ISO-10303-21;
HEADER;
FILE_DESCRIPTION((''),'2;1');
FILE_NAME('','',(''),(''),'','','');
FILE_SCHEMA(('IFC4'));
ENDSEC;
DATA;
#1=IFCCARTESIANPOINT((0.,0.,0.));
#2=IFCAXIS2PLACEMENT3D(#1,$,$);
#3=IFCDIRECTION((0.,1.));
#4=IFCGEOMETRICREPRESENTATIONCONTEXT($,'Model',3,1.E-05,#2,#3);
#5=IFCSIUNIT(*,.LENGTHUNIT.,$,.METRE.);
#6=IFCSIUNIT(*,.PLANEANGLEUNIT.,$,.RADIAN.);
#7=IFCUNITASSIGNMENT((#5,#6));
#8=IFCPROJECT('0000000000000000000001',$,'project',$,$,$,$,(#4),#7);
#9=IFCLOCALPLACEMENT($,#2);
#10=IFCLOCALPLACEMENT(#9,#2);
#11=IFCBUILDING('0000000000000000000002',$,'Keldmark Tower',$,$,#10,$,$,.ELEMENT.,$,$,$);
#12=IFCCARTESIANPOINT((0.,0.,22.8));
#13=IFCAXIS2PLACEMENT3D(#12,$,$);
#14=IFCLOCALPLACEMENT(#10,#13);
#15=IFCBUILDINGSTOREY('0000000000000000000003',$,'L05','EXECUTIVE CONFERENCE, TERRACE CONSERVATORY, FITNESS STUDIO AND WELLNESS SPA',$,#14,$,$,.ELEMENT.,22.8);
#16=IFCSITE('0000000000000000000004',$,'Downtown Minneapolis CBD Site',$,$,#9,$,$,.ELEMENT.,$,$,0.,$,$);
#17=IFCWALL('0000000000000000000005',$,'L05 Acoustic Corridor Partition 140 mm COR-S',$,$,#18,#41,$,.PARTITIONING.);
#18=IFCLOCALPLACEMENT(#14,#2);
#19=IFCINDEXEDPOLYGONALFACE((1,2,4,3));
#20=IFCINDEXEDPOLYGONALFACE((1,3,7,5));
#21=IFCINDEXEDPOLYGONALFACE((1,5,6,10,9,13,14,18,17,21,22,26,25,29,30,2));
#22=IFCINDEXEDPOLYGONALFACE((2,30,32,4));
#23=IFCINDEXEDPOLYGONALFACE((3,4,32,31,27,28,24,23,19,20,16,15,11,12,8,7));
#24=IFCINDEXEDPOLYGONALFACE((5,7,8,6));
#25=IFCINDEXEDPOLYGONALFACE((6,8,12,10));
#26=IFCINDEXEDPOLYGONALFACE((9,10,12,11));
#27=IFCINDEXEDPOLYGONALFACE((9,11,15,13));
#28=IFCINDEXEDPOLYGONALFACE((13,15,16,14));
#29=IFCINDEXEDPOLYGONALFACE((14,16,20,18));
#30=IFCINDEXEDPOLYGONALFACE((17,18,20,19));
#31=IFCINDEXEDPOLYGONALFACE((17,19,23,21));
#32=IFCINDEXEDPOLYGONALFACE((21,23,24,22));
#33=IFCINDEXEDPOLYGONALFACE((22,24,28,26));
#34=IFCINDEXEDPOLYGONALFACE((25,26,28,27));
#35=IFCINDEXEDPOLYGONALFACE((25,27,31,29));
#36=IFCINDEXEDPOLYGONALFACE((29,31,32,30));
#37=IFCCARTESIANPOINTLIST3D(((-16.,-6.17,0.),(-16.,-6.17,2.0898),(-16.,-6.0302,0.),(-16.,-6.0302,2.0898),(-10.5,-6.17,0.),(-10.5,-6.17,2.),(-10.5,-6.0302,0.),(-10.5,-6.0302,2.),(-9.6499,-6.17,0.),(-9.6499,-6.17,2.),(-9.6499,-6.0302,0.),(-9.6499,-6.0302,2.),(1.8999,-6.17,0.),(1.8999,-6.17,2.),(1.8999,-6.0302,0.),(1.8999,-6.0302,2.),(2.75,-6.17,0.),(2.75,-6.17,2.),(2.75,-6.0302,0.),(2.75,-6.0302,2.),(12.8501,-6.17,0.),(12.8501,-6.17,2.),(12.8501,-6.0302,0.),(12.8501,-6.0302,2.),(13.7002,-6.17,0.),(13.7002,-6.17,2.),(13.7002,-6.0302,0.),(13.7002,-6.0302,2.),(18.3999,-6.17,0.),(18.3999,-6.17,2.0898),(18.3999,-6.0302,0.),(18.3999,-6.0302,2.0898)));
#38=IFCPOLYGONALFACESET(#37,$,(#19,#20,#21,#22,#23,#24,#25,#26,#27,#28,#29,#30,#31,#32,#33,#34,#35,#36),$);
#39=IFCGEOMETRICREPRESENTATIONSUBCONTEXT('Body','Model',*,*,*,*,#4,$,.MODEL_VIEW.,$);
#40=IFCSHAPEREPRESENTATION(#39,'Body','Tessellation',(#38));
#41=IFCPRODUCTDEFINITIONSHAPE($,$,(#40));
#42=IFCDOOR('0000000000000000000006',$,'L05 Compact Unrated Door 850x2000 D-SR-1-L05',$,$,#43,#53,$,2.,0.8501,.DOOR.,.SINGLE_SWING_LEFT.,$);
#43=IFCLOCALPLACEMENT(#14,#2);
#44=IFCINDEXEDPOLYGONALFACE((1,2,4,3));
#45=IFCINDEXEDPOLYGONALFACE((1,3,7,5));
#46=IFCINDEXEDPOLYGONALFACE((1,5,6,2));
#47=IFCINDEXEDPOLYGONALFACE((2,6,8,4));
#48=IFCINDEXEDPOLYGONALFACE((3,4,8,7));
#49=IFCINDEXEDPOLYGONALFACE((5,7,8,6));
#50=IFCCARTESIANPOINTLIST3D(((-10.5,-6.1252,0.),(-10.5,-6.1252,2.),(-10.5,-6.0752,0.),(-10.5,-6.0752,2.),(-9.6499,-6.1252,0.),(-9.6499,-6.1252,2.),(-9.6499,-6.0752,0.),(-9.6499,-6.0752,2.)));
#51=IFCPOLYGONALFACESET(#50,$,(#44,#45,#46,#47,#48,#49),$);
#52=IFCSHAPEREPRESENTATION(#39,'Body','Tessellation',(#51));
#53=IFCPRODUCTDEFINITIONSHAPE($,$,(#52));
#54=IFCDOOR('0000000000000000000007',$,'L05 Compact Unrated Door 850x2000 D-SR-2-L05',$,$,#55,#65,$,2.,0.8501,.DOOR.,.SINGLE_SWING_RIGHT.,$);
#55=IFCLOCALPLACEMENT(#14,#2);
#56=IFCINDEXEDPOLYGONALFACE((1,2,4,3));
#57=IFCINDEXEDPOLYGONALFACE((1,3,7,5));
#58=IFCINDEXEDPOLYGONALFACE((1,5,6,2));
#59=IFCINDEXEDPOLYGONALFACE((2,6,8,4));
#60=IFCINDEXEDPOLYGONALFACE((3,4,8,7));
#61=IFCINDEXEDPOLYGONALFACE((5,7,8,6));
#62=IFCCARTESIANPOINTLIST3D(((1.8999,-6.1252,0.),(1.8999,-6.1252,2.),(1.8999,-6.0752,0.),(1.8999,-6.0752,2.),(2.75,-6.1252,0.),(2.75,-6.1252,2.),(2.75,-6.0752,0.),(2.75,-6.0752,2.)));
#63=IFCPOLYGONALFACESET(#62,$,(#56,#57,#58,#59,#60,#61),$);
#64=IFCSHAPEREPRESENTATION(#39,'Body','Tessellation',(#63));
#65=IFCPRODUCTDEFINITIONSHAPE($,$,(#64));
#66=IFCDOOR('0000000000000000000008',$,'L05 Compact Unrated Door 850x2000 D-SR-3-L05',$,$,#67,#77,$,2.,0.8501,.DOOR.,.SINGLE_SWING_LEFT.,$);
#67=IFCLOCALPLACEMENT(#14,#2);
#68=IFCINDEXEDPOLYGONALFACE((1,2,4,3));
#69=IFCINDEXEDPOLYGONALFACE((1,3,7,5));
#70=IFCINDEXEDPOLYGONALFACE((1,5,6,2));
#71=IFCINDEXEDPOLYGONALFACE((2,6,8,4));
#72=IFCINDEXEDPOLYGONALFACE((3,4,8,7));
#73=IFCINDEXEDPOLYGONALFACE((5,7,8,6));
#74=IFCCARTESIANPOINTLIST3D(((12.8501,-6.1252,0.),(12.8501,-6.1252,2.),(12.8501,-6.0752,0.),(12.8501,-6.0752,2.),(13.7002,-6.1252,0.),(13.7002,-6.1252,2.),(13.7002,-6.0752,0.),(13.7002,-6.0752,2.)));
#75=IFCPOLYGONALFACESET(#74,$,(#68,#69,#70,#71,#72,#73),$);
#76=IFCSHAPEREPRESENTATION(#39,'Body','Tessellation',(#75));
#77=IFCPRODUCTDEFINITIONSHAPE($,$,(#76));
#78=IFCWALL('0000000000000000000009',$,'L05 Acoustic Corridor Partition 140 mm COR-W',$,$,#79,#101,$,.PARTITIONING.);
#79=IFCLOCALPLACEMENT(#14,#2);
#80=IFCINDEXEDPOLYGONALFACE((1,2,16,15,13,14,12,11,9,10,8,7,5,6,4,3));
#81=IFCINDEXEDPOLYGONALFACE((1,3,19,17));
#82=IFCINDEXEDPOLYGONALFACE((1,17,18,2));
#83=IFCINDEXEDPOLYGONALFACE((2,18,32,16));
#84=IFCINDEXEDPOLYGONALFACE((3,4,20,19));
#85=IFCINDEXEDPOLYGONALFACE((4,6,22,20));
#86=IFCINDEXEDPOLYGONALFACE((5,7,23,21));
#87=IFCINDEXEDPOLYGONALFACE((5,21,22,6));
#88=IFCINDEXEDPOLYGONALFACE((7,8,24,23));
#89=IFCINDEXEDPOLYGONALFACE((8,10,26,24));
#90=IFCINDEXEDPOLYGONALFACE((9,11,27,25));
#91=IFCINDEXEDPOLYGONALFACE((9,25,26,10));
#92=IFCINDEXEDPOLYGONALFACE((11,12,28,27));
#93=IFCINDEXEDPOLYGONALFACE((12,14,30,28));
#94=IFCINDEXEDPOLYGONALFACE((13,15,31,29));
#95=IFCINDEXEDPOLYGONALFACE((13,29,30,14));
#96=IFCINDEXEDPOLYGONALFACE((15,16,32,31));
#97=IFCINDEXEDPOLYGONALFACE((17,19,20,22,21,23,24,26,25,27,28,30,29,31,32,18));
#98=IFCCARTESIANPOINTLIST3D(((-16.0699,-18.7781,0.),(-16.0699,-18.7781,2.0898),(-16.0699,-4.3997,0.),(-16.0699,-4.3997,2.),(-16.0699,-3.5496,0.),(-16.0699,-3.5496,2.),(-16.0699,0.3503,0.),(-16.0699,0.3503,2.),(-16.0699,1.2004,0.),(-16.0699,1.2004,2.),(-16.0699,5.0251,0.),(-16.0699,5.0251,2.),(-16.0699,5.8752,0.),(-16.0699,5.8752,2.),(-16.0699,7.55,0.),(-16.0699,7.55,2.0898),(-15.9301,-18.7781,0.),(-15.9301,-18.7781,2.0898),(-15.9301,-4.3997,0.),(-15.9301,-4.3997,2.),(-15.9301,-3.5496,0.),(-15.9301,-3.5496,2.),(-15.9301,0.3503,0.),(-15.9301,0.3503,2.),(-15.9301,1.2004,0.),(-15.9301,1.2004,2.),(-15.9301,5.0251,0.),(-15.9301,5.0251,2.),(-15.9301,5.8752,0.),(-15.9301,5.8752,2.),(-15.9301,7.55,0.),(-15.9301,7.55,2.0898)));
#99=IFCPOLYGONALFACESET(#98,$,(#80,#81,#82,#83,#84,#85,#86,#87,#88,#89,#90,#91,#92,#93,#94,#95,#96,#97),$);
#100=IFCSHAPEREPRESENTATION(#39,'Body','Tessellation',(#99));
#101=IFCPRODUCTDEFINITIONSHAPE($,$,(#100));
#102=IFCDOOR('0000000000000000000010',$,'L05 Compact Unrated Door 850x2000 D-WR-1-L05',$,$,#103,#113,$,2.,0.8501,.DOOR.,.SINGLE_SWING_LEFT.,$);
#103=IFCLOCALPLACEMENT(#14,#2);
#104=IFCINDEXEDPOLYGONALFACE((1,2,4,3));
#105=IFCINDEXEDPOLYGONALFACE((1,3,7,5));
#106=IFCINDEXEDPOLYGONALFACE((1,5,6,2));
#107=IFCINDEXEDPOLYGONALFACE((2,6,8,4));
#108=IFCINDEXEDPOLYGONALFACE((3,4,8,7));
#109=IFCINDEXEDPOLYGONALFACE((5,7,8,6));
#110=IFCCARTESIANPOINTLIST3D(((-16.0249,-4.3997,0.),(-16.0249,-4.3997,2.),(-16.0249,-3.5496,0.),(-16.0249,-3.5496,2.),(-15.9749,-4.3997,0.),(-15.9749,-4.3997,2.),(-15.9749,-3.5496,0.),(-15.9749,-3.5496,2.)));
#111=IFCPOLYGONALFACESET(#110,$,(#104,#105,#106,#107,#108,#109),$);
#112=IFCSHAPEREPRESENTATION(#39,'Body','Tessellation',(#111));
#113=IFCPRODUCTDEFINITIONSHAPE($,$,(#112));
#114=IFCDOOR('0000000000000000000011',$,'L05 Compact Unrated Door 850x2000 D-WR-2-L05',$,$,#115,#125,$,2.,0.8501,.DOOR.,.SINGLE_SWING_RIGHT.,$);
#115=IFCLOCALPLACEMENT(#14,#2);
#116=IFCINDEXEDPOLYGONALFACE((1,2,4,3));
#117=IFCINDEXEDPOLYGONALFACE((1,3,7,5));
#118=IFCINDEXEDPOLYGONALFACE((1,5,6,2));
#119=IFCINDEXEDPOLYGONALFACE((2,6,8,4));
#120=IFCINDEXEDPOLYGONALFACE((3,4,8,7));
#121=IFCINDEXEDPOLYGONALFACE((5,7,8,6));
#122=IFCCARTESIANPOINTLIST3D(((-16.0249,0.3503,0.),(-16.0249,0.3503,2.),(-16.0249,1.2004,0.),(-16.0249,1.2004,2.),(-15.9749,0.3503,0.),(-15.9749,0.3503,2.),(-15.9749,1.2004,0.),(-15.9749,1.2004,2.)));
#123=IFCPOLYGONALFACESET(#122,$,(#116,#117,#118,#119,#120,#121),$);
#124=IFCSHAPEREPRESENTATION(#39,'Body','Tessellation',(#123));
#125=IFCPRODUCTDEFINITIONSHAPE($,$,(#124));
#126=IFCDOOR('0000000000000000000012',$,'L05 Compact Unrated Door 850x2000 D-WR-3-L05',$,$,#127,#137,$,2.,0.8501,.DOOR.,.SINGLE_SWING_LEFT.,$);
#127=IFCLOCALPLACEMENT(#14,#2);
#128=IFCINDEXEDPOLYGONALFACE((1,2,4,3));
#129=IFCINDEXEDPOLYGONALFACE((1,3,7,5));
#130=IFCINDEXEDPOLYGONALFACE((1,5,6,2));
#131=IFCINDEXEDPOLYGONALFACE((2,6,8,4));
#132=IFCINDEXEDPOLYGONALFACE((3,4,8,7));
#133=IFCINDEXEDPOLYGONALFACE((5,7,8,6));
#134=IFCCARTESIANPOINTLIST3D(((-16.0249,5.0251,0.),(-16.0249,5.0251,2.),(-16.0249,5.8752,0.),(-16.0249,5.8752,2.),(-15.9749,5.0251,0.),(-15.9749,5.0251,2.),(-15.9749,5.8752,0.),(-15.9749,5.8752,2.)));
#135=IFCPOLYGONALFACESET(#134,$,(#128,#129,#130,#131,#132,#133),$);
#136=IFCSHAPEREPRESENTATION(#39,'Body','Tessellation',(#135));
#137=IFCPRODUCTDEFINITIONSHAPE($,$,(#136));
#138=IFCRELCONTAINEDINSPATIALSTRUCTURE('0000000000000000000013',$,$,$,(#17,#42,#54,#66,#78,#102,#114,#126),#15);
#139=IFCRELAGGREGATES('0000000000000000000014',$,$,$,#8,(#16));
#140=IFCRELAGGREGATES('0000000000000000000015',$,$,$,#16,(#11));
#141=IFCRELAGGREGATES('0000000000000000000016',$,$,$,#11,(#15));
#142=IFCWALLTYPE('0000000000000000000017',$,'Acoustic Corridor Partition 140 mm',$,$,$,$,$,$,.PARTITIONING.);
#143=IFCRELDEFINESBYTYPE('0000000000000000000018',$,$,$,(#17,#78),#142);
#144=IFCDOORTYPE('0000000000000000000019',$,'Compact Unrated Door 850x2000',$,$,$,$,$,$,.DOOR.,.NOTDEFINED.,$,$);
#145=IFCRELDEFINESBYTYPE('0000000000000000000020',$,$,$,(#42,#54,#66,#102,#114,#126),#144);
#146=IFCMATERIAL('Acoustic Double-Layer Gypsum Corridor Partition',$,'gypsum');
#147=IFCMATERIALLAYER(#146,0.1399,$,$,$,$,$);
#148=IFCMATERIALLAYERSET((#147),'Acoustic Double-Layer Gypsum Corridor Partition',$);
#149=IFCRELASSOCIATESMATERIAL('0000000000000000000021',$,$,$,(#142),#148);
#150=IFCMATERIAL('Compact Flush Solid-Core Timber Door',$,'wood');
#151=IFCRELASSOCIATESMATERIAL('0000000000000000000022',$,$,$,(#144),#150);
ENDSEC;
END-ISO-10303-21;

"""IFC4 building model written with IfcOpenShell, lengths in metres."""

from ifc_helpers import new_model, si_unit, direction, frame, frame_2d, origin, place, context, subcontext, project, spatial, rectangle, extrude, material, layer, layer_set, type_object, element, fill, save


model = new_model("IFC4")

# Units and contexts
model_context = context("Model", 3, precision=1e-05, world=origin(), true_north=direction((0.0, 1.0)))
body_context = subcontext(model_context, "Body", "Model", "MODEL_VIEW")
ifc_project = project(units=[si_unit("LENGTHUNIT", "METRE"), si_unit("PLANEANGLEUNIT", "RADIAN")], contexts=[model_context])

# Site, building, storey
site_placement = place(None, origin())
site = spatial("IfcSite", under=ifc_project, at=site_placement, Name="Downtown Minneapolis CBD Site", CompositionType="ELEMENT", RefElevation=0.0)
building_placement = place(site_placement, origin())
building = spatial("IfcBuilding", under=site, at=building_placement, Name="Keldmark Tower", CompositionType="ELEMENT")
storey_placement = place(building_placement, frame((0.0, 0.0, 22.8)))
storey = spatial("IfcBuildingStorey", under=building, at=storey_placement, Name="L05", Description="EXECUTIVE CONFERENCE, TERRACE CONSERVATORY, FITNESS STUDIO AND WELLNESS SPA", CompositionType="ELEMENT", Elevation=22.8)

# Walls, openings, doors
ifc_material_1 = material(Name="Acoustic Double-Layer Gypsum Corridor Partition", Category="gypsum")
ifc_layer_1 = layer(ifc_material_1, 0.1399)
ifc_layer_set_1 = layer_set([ifc_layer_1], Name="Acoustic Double-Layer Gypsum Corridor Partition")
wall_type_1 = type_object("IfcWallType", Name="Acoustic Corridor Partition 140 mm", PredefinedType="PARTITIONING", material=ifc_layer_set_1)
wall_1_placement = place(storey_placement, frame((-16.0, -6.1001, 0.0), z_axis=(0.0, 0.0, 1.0), x_axis=(1.0, 0.0, 0.0)))
wall_1 = element("IfcWall", 1, at=wall_1_placement, inside=storey, type_object=wall_type_1, Name="L05 Acoustic Corridor Partition 140 mm COR-S", PredefinedType="PARTITIONING", context=body_context, shape_type="SweptSolid", body=[
    extrude(rectangle(XDim=34.3999, YDim=0.1399, at=frame_2d((17.2, 0.0))), origin(), (0.0, 0.0, 1.0), 2.0898),
])
opening_1_placement = place(wall_1_placement, frame((5.5, 0.0, 0.0)))
opening_1 = element("IfcOpeningElement", 2, at=opening_1_placement, cuts=wall_1, PredefinedType="OPENING", context=body_context, shape_type="SweptSolid", body=[
    extrude(rectangle(XDim=0.8501, YDim=2.0, at=frame_2d((0.425, 1.0))), frame((0.0, 0.0798, 0.0), z_axis=(0.0, -1.0, 0.0), x_axis=(1.0, 0.0, 0.0)), (0.0, 0.0, 1.0), 0.1599),
])
opening_2_placement = place(wall_1_placement, frame((17.8999, 0.0, 0.0)))
opening_2 = element("IfcOpeningElement", 3, at=opening_2_placement, cuts=wall_1, PredefinedType="OPENING", context=body_context, shape_type="SweptSolid", body=[
    extrude(rectangle(XDim=0.8501, YDim=2.0, at=frame_2d((0.425, 1.0))), frame((0.0, 0.0798, 0.0), z_axis=(0.0, -1.0, 0.0), x_axis=(1.0, 0.0, 0.0)), (0.0, 0.0, 1.0), 0.1599),
])
opening_3_placement = place(wall_1_placement, frame((28.8501, 0.0, 0.0)))
opening_3 = element("IfcOpeningElement", 4, at=opening_3_placement, cuts=wall_1, PredefinedType="OPENING", context=body_context, shape_type="SweptSolid", body=[
    extrude(rectangle(XDim=0.8501, YDim=2.0, at=frame_2d((0.425, 1.0))), frame((0.0, 0.0798, 0.0), z_axis=(0.0, -1.0, 0.0), x_axis=(1.0, 0.0, 0.0)), (0.0, 0.0, 1.0), 0.1599),
])
ifc_material_2 = material(Name="Compact Flush Solid-Core Timber Door", Category="wood")
door_type = type_object("IfcDoorType", Name="Compact Unrated Door 850x2000", OperationType="NOTDEFINED", PredefinedType="DOOR", material=ifc_material_2)
door_1_placement = place(opening_1_placement, origin())
door_1 = element("IfcDoor", 5, at=door_1_placement, inside=storey, type_object=door_type, Name="L05 Compact Unrated Door 850x2000 D-SR-1-L05", OperationType="SINGLE_SWING_LEFT", OverallHeight=2.0, OverallWidth=0.8501, PredefinedType="DOOR", context=body_context, shape_type="SweptSolid", body=[
    extrude(rectangle(XDim=0.8501, YDim=2.0, at=frame_2d((0.425, 1.0))), frame((0.0, 0.0249, 0.0), z_axis=(0.0, -1.0, 0.0), x_axis=(1.0, 0.0, 0.0)), (0.0, 0.0, 1.0), 0.05),
])
fill(opening_1, door_1)
door_2_placement = place(opening_2_placement, origin())
door_2 = element("IfcDoor", 6, at=door_2_placement, inside=storey, type_object=door_type, Name="L05 Compact Unrated Door 850x2000 D-SR-2-L05", OperationType="SINGLE_SWING_RIGHT", OverallHeight=2.0, OverallWidth=0.8501, PredefinedType="DOOR", context=body_context, shape_type="SweptSolid", body=[
    extrude(rectangle(XDim=0.8501, YDim=2.0, at=frame_2d((0.425, 1.0))), frame((0.0, 0.0249, 0.0), z_axis=(0.0, -1.0, 0.0), x_axis=(1.0, 0.0, 0.0)), (0.0, 0.0, 1.0), 0.05),
])
fill(opening_2, door_2)
door_3_placement = place(opening_3_placement, origin())
door_3 = element("IfcDoor", 7, at=door_3_placement, inside=storey, type_object=door_type, Name="L05 Compact Unrated Door 850x2000 D-SR-3-L05", OperationType="SINGLE_SWING_LEFT", OverallHeight=2.0, OverallWidth=0.8501, PredefinedType="DOOR", context=body_context, shape_type="SweptSolid", body=[
    extrude(rectangle(XDim=0.8501, YDim=2.0, at=frame_2d((0.425, 1.0))), frame((0.0, 0.0249, 0.0), z_axis=(0.0, -1.0, 0.0), x_axis=(1.0, 0.0, 0.0)), (0.0, 0.0, 1.0), 0.05),
])
fill(opening_3, door_3)
wall_2_placement = place(storey_placement, frame((-16.0, -18.7781, 0.0), z_axis=(0.0, 0.0, 1.0), x_axis=(0.0, 1.0, 0.0)))
wall_2 = element("IfcWall", 8, at=wall_2_placement, inside=storey, type_object=wall_type_1, Name="L05 Acoustic Corridor Partition 140 mm COR-W", PredefinedType="PARTITIONING", context=body_context, shape_type="SweptSolid", body=[
    extrude(rectangle(XDim=26.3281, YDim=0.1399, at=frame_2d((13.1641, 0.0))), origin(), (0.0, 0.0, 1.0), 2.0898),
])
opening_4_placement = place(wall_2_placement, frame((14.3784, 0.0, 0.0)))
opening_4 = element("IfcOpeningElement", 9, at=opening_4_placement, cuts=wall_2, PredefinedType="OPENING", context=body_context, shape_type="SweptSolid", body=[
    extrude(rectangle(XDim=0.8501, YDim=2.0, at=frame_2d((0.425, 1.0))), frame((0.0, 0.0798, 0.0), z_axis=(0.0, -1.0, 0.0), x_axis=(1.0, 0.0, 0.0)), (0.0, 0.0, 1.0), 0.1599),
])
opening_5_placement = place(wall_2_placement, frame((19.1284, 0.0, 0.0)))
opening_5 = element("IfcOpeningElement", 10, at=opening_5_placement, cuts=wall_2, PredefinedType="OPENING", context=body_context, shape_type="SweptSolid", body=[
    extrude(rectangle(XDim=0.8501, YDim=2.0, at=frame_2d((0.425, 1.0))), frame((0.0, 0.0798, 0.0), z_axis=(0.0, -1.0, 0.0), x_axis=(1.0, 0.0, 0.0)), (0.0, 0.0, 1.0), 0.1599),
])
opening_6_placement = place(wall_2_placement, frame((23.8032, 0.0, 0.0)))
opening_6 = element("IfcOpeningElement", 11, at=opening_6_placement, cuts=wall_2, PredefinedType="OPENING", context=body_context, shape_type="SweptSolid", body=[
    extrude(rectangle(XDim=0.8501, YDim=2.0, at=frame_2d((0.425, 1.0))), frame((0.0, 0.0798, 0.0), z_axis=(0.0, -1.0, 0.0), x_axis=(1.0, 0.0, 0.0)), (0.0, 0.0, 1.0), 0.1599),
])
door_4_placement = place(opening_4_placement, origin())
door_4 = element("IfcDoor", 12, at=door_4_placement, inside=storey, type_object=door_type, Name="L05 Compact Unrated Door 850x2000 D-WR-1-L05", OperationType="SINGLE_SWING_LEFT", OverallHeight=2.0, OverallWidth=0.8501, PredefinedType="DOOR", context=body_context, shape_type="SweptSolid", body=[
    extrude(rectangle(XDim=0.8501, YDim=2.0, at=frame_2d((0.425, 1.0))), frame((0.0, 0.0249, 0.0), z_axis=(0.0, -1.0, 0.0), x_axis=(1.0, 0.0, 0.0)), (0.0, 0.0, 1.0), 0.05),
])
fill(opening_4, door_4)
door_5_placement = place(opening_5_placement, origin())
door_5 = element("IfcDoor", 13, at=door_5_placement, inside=storey, type_object=door_type, Name="L05 Compact Unrated Door 850x2000 D-WR-2-L05", OperationType="SINGLE_SWING_RIGHT", OverallHeight=2.0, OverallWidth=0.8501, PredefinedType="DOOR", context=body_context, shape_type="SweptSolid", body=[
    extrude(rectangle(XDim=0.8501, YDim=2.0, at=frame_2d((0.425, 1.0))), frame((0.0, 0.0249, 0.0), z_axis=(0.0, -1.0, 0.0), x_axis=(1.0, 0.0, 0.0)), (0.0, 0.0, 1.0), 0.05),
])
fill(opening_5, door_5)
door_6_placement = place(opening_6_placement, origin())
door_6 = element("IfcDoor", 14, at=door_6_placement, inside=storey, type_object=door_type, Name="L05 Compact Unrated Door 850x2000 D-WR-3-L05", OperationType="SINGLE_SWING_LEFT", OverallHeight=2.0, OverallWidth=0.8501, PredefinedType="DOOR", context=body_context, shape_type="SweptSolid", body=[
    extrude(rectangle(XDim=0.8501, YDim=2.0, at=frame_2d((0.425, 1.0))), frame((0.0, 0.0249, 0.0), z_axis=(0.0, -1.0, 0.0), x_axis=(1.0, 0.0, 0.0)), (0.0, 0.0, 1.0), 0.05),
])
fill(opening_6, door_6)

save(model, "model.ifc")
